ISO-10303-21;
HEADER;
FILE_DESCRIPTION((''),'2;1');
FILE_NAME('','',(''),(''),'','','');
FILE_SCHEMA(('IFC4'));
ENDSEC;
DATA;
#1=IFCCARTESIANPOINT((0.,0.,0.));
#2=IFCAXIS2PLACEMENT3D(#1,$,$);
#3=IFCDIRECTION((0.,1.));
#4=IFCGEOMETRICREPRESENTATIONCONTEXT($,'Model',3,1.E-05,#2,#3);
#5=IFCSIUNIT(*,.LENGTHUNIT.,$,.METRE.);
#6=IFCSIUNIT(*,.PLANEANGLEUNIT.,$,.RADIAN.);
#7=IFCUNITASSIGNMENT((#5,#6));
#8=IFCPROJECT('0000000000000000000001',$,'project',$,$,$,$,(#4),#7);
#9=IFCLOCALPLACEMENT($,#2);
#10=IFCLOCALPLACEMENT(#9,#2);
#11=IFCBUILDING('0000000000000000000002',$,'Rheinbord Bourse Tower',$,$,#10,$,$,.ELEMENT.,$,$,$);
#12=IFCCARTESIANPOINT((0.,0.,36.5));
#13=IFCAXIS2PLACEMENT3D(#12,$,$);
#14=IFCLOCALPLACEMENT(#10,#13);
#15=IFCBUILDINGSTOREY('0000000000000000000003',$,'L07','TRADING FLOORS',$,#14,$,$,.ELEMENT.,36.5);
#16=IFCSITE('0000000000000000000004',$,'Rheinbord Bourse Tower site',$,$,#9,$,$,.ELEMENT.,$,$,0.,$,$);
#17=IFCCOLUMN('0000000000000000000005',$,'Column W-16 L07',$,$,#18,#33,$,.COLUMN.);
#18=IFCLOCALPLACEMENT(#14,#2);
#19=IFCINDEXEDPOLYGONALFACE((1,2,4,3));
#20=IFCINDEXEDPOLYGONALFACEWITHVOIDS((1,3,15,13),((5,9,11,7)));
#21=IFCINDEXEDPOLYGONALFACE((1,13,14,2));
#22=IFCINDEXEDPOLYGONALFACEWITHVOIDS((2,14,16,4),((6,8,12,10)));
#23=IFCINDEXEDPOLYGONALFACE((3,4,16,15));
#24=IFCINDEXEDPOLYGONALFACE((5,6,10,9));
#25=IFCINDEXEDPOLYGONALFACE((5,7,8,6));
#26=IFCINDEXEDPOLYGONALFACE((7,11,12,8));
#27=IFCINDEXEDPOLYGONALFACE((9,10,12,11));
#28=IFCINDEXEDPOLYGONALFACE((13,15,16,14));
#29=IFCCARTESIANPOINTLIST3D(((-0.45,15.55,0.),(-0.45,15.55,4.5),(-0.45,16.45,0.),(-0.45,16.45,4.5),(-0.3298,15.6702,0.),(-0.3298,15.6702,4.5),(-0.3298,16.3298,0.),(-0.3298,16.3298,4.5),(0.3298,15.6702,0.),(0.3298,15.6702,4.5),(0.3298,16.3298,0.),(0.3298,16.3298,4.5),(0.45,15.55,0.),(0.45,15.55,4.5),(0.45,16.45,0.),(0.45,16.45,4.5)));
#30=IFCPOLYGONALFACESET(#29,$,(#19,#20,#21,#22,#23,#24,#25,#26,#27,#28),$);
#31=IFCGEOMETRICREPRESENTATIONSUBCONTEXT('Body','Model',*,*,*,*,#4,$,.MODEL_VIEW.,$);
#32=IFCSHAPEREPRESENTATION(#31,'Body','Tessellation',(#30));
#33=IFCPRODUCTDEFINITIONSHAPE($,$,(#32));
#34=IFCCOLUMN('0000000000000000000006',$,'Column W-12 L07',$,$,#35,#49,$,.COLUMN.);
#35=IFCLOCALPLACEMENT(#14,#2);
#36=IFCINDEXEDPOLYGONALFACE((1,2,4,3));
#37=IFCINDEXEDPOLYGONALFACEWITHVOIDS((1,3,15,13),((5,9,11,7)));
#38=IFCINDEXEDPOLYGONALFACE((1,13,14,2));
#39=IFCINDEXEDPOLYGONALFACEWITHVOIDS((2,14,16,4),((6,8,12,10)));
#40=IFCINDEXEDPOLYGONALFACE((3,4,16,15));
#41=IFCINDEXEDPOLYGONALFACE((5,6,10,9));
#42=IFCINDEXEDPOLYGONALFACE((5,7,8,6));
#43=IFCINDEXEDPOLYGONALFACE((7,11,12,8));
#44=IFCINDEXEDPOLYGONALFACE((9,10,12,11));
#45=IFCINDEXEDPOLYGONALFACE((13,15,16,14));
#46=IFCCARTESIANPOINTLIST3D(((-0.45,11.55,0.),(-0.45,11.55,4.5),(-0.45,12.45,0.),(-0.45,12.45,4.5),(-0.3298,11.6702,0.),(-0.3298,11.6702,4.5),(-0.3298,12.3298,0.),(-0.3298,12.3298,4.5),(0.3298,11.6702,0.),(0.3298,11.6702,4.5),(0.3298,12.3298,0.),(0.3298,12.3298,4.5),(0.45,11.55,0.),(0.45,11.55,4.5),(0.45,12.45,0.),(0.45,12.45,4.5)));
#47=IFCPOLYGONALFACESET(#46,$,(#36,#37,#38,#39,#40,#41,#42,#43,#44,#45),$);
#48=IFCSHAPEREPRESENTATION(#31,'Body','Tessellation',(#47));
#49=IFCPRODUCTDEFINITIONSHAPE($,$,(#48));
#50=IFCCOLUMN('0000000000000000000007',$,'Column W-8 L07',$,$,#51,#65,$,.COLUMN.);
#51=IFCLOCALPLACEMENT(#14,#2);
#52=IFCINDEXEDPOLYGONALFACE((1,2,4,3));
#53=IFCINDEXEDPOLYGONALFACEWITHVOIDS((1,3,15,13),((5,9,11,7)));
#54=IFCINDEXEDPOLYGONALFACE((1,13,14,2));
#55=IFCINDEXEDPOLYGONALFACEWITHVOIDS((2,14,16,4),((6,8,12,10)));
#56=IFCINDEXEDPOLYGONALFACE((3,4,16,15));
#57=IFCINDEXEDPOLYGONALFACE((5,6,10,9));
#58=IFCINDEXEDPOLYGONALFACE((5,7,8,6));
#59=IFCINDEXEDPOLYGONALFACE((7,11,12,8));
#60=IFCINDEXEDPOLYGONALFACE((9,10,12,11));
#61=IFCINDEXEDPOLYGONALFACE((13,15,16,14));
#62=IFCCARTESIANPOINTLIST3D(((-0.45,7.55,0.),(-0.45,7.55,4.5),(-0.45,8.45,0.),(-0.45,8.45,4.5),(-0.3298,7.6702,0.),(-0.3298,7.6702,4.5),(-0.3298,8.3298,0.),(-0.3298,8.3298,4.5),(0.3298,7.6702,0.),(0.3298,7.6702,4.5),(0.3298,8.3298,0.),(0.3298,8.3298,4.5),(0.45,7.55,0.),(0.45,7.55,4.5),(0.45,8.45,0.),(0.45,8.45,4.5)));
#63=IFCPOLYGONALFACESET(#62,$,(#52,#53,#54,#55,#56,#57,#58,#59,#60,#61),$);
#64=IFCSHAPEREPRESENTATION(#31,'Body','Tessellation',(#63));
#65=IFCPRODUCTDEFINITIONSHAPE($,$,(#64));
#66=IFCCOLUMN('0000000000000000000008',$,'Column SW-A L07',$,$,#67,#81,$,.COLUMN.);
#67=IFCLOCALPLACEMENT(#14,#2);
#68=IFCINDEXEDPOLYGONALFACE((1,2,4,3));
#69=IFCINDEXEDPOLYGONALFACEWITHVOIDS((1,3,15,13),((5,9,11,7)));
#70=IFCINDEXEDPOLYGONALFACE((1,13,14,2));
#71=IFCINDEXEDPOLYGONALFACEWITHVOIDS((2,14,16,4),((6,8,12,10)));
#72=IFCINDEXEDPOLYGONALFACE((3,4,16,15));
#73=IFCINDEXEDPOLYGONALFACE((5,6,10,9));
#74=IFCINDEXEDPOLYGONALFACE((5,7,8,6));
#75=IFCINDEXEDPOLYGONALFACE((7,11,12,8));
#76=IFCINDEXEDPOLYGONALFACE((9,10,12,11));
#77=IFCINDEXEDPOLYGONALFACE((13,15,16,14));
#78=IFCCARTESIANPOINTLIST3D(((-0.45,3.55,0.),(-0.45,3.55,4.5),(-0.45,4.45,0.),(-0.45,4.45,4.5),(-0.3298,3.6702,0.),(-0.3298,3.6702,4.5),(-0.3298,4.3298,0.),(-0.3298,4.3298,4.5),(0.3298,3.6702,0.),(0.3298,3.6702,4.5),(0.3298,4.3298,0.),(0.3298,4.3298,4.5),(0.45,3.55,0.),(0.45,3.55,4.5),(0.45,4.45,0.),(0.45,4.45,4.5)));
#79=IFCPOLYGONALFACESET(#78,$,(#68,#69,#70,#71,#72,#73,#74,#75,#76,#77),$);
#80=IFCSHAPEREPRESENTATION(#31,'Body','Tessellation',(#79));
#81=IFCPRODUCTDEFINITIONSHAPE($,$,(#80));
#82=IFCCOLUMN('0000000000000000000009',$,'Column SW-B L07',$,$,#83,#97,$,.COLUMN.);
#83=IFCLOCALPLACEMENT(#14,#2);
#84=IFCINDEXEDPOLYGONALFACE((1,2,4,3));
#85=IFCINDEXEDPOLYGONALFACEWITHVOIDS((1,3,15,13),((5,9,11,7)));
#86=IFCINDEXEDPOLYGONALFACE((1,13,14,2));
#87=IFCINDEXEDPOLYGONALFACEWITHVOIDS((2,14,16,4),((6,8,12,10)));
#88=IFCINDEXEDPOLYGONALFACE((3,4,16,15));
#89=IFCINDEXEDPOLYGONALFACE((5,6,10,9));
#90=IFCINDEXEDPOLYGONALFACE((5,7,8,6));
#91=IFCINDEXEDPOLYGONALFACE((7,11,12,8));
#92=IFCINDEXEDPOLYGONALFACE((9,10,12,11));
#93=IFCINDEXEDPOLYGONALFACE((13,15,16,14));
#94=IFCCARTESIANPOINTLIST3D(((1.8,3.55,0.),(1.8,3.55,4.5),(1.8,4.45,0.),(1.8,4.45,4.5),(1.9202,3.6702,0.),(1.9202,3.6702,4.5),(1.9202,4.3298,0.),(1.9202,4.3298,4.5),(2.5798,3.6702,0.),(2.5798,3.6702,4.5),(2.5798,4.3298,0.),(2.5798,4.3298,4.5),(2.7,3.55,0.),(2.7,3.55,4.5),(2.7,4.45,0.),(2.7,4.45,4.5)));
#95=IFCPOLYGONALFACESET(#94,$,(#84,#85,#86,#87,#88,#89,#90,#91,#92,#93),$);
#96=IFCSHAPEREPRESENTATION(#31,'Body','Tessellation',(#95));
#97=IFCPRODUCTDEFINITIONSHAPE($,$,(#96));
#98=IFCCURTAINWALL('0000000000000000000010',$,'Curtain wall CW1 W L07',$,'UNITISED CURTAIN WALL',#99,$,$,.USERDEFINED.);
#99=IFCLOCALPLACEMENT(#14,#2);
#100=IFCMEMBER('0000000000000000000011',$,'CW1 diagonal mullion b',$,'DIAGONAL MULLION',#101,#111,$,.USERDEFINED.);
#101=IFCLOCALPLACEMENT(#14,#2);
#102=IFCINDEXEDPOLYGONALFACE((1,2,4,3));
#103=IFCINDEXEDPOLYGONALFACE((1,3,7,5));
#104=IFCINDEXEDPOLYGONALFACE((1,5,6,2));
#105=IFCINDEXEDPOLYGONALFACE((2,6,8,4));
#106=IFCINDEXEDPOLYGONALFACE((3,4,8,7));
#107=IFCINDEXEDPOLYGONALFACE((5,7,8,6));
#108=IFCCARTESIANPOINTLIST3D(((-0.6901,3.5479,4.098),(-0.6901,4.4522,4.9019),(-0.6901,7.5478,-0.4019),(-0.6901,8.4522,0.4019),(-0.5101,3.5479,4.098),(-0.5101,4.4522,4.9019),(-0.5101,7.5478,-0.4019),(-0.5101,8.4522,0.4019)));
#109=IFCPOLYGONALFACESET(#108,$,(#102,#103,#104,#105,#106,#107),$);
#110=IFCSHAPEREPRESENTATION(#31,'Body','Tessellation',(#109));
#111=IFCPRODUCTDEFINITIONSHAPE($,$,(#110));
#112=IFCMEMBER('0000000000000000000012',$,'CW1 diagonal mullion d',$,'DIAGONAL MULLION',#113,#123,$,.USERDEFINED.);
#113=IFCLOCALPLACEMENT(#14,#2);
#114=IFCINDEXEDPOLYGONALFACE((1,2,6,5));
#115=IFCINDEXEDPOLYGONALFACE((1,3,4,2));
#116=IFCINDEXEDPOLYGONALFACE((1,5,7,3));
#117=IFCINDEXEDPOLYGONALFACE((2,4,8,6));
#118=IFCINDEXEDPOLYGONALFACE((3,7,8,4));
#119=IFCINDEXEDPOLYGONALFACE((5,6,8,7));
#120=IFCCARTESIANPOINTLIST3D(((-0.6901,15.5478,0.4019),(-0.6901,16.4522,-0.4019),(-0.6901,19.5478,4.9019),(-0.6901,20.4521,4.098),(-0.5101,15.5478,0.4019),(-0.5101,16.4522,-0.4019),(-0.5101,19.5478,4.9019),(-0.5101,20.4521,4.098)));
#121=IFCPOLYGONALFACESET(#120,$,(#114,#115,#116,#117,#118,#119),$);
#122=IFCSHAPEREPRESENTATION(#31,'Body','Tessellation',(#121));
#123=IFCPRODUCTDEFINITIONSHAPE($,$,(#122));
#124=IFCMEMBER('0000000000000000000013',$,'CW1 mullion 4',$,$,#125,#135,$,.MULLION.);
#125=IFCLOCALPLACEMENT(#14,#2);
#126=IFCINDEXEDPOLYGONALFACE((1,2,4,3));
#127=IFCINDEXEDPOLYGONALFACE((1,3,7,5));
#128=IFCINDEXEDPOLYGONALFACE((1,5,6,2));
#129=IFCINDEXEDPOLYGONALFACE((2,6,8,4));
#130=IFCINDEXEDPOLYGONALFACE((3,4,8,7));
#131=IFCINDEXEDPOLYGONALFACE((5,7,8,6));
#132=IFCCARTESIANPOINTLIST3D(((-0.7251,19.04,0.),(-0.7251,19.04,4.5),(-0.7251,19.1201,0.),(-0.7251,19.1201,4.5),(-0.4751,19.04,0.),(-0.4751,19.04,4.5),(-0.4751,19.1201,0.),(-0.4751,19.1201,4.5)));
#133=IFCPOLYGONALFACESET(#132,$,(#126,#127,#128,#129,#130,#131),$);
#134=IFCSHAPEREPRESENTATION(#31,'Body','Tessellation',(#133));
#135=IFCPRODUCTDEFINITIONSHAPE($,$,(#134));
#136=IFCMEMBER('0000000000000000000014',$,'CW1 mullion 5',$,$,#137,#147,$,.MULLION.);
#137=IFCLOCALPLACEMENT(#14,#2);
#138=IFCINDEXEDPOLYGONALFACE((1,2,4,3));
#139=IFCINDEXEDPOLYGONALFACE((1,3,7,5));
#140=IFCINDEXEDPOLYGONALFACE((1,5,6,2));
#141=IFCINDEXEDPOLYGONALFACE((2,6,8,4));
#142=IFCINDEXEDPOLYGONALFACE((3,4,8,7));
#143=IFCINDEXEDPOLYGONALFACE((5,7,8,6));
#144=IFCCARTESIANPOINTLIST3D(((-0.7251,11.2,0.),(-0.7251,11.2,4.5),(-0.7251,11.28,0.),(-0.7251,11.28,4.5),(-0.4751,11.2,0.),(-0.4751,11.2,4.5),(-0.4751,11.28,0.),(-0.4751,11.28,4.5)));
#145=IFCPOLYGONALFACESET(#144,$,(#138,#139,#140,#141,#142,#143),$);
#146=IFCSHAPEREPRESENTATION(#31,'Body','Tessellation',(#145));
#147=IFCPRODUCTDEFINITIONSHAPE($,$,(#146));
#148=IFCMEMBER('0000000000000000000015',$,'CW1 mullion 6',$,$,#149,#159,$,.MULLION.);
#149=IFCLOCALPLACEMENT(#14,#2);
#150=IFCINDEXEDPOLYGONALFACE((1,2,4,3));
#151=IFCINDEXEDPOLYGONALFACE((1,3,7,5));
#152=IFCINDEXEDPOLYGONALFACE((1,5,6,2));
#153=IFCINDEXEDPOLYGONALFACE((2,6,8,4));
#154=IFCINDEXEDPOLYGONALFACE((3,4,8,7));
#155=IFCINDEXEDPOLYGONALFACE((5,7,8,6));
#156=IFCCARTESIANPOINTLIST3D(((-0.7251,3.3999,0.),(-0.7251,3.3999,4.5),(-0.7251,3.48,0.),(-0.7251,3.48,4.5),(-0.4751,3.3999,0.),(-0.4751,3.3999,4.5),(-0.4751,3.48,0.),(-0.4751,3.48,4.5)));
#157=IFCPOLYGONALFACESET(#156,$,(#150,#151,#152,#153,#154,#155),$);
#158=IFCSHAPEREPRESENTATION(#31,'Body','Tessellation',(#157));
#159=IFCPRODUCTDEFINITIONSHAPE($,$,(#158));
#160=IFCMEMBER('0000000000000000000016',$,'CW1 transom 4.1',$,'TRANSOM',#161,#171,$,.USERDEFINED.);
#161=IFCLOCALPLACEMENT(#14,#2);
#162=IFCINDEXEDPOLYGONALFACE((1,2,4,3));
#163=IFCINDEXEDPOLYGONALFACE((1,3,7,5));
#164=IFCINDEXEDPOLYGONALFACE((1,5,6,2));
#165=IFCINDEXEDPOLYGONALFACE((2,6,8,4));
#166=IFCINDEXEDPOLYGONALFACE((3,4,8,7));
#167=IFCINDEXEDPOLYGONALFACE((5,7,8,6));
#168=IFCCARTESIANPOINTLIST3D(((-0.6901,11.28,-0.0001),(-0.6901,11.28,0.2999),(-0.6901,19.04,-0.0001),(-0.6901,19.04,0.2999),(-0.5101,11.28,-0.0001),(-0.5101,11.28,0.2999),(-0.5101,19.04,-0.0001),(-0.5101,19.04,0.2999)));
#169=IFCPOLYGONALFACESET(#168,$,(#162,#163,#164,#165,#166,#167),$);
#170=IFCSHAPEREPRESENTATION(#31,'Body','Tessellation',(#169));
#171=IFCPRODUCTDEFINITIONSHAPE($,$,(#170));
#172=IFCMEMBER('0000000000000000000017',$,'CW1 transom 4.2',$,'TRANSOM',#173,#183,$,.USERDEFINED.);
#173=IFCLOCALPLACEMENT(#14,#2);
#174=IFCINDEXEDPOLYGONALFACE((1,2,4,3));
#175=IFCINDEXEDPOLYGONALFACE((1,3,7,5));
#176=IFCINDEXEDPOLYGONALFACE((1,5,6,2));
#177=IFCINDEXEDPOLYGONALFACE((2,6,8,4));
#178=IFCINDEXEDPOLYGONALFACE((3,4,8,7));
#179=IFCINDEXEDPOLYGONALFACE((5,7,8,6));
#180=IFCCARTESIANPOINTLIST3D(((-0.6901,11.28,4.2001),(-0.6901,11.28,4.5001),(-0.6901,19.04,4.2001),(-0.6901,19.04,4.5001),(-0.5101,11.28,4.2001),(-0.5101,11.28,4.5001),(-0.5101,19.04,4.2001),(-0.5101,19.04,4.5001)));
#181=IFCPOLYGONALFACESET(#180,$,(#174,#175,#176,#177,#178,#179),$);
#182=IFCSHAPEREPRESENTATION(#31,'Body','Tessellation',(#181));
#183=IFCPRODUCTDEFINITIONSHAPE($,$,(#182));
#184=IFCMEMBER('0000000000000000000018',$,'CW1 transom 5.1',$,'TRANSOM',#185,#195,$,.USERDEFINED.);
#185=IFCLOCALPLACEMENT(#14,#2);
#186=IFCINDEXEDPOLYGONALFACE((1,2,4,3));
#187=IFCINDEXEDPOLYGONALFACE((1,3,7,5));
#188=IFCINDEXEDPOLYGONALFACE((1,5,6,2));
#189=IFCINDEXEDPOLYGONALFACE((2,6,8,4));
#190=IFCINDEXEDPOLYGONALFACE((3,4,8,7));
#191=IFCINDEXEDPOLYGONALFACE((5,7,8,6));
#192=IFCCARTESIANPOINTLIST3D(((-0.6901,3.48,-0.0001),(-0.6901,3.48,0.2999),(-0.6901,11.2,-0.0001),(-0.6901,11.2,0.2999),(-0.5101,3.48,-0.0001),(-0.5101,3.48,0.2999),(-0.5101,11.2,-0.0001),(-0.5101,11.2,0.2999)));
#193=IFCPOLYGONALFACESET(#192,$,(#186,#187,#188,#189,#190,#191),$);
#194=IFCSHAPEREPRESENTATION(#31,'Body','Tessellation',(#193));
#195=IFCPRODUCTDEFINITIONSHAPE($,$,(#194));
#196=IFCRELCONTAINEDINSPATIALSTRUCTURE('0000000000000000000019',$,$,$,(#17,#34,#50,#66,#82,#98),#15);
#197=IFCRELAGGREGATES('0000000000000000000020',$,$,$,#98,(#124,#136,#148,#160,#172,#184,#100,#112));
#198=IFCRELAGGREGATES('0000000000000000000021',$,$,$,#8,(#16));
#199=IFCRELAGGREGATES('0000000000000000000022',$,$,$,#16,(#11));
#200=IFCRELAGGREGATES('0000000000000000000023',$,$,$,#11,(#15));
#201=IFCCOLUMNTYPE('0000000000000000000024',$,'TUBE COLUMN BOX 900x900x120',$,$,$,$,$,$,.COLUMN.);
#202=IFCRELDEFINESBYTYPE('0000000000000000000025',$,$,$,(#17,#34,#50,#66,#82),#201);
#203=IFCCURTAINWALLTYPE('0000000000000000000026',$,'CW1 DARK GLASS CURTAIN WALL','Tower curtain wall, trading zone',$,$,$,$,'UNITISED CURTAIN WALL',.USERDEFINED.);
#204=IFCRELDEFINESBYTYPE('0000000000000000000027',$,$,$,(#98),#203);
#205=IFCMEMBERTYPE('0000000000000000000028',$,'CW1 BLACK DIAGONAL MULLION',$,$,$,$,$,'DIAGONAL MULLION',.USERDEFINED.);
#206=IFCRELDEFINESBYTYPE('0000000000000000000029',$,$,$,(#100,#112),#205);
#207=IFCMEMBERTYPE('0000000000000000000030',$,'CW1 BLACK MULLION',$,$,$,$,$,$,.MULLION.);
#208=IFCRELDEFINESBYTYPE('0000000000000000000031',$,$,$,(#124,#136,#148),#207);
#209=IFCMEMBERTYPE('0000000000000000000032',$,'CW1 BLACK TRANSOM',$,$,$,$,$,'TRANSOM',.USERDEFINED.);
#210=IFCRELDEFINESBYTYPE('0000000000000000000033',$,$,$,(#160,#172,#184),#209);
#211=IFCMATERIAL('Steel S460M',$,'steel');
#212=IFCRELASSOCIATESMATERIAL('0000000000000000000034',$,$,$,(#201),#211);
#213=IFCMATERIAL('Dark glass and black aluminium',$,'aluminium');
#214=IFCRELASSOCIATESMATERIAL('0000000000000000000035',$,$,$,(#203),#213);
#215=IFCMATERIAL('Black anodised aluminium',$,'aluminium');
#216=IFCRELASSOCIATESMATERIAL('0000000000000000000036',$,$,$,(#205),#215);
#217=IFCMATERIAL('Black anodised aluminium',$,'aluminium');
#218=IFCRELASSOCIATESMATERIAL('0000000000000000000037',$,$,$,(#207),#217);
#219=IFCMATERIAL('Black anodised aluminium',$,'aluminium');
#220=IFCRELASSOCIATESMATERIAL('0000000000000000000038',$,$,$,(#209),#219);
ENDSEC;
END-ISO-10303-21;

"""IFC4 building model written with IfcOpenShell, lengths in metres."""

from ifc_helpers import new_model, si_unit, direction, frame, origin, origin_2d, place, context, subcontext, project, spatial, rectangle, hollow_rectangle, extrude, material, material_profile, profile_set, type_object, element, aggregate, save


model = new_model("IFC4")

# Units and contexts
model_context = context("Model", 3, precision=1e-05, world=origin(), true_north=direction((0.0, 1.0)))
body_context = subcontext(model_context, "Body", "Model", "MODEL_VIEW")
ifc_project = project(units=[si_unit("LENGTHUNIT", "METRE"), si_unit("PLANEANGLEUNIT", "RADIAN")], contexts=[model_context])

# Site, building, storey
site_placement = place(None, origin())
site = spatial("IfcSite", under=ifc_project, at=site_placement, Name="Rheinbord Bourse Tower site", CompositionType="ELEMENT", RefElevation=0.0)
building_placement = place(site_placement, origin())
building = spatial("IfcBuilding", under=site, at=building_placement, Name="Rheinbord Bourse Tower", CompositionType="ELEMENT")
storey_placement = place(building_placement, frame((0.0, 0.0, 36.5)))
storey = spatial("IfcBuildingStorey", under=building, at=storey_placement, Name="L07", Description="TRADING FLOORS", CompositionType="ELEMENT", Elevation=36.5)

# Columns
ifc_material_1 = material(Name="Steel S460M", Category="steel")
ifc_material_profile_1 = material_profile(ifc_material_1, hollow_rectangle(XDim=0.8999, YDim=0.8999, WallThickness=0.1201, at=origin_2d()), Name="BOX 900x900x120")
ifc_profile_set_1 = profile_set([ifc_material_profile_1], Name="Steel S460M")
column_type = type_object("IfcColumnType", Name="TUBE COLUMN BOX 900x900x120", PredefinedType="COLUMN", material=ifc_profile_set_1)
for number, where, z_axis, x_axis, name in (
    (1, (0.0, 16.0, 0.0), (0.0, 0.0, 1.0), (1.0, 0.0, 0.0), "Column W-16 L07"),
    (2, (0.0, 12.0, 0.0), (0.0, 0.0, 1.0), (1.0, 0.0, 0.0), "Column W-12 L07"),
    (3, (0.0, 8.0, 0.0), (0.0, 0.0, 1.0), (1.0, 0.0, 0.0), "Column W-8 L07"),
    (4, (0.0, 4.0, 0.0), (0.0, 0.0, 1.0), (1.0, 0.0, 0.0), "Column SW-A L07"),
    (5, (2.25, 4.0, 0.0), (0.0, 0.0, 1.0), (1.0, 0.0, 0.0), "Column SW-B L07"),
):
    element("IfcColumn", number, at=place(storey_placement, frame(where, z_axis=z_axis, x_axis=x_axis)), inside=storey, type_object=column_type, Name=name, PredefinedType="COLUMN", context=body_context, shape_type="SweptSolid", body=[
        extrude(hollow_rectangle(XDim=0.8999, YDim=0.8999, WallThickness=0.1201, at=origin_2d()), origin(), (0.0, 0.0, 1.0), 4.5),
    ])

# Curtain wall, members
ifc_material_2 = material(Name="Dark glass and black aluminium", Category="aluminium")
curtain_wall_type = type_object("IfcCurtainWallType", Name="CW1 DARK GLASS CURTAIN WALL", Description="Tower curtain wall, trading zone", ElementType="UNITISED CURTAIN WALL", PredefinedType="USERDEFINED", material=ifc_material_2)
curtain_wall_placement = place(storey_placement, origin())
curtain_wall = element("IfcCurtainWall", 6, at=curtain_wall_placement, inside=storey, type_object=curtain_wall_type, Name="Curtain wall CW1 W L07", ObjectType="UNITISED CURTAIN WALL", PredefinedType="USERDEFINED")
ifc_material_3 = material(Name="Black anodised aluminium", Category="aluminium")
ifc_material_profile_2 = material_profile(ifc_material_3, rectangle(XDim=0.1799, YDim=1.21, at=origin_2d()), Name="CW1 DIAGONAL MULLION 1210x180")
ifc_profile_set_2 = profile_set([ifc_material_profile_2], Name="Black anodised aluminium")
member_type_1 = type_object("IfcMemberType", Name="CW1 BLACK DIAGONAL MULLION", ElementType="DIAGONAL MULLION", PredefinedType="USERDEFINED", material=ifc_profile_set_2)
member_1_placement = place(storey_placement, frame((-0.6001, 8.0, 0.0), z_axis=(0.0, -0.664364, 0.747409), x_axis=(1.0, 0.0, 0.0)))
member_1 = element("IfcMember", 7, at=member_1_placement, type_object=member_type_1, Name="CW1 diagonal mullion b", ObjectType="DIAGONAL MULLION", PredefinedType="USERDEFINED", context=body_context, shape_type="SweptSolid", body=[
    extrude(rectangle(XDim=0.1799, YDim=1.21, at=origin_2d()), origin(), (0.0, 0.0, 1.0), 6.0208),
])
member_2_placement = place(storey_placement, frame((-0.6001, 16.0, 0.0), z_axis=(0.0, 0.664364, 0.747409), x_axis=(-1.0, 0.0, 0.0)))
member_2 = element("IfcMember", 8, at=member_2_placement, type_object=member_type_1, Name="CW1 diagonal mullion d", ObjectType="DIAGONAL MULLION", PredefinedType="USERDEFINED", context=body_context, shape_type="SweptSolid", body=[
    extrude(rectangle(XDim=0.1799, YDim=1.21, at=origin_2d()), origin(), (0.0, 0.0, 1.0), 6.0208),
])
ifc_material_4 = material(Name="Black anodised aluminium", Category="aluminium")
ifc_material_profile_3 = material_profile(ifc_material_4, rectangle(XDim=0.25, YDim=0.0801, at=origin_2d()), Name="CW1 MULLION 80x250")
ifc_profile_set_3 = profile_set([ifc_material_profile_3], Name="Black anodised aluminium")
member_type_2 = type_object("IfcMemberType", Name="CW1 BLACK MULLION", PredefinedType="MULLION", material=ifc_profile_set_3)
member_3_placement = place(storey_placement, frame((-0.6001, 19.0801, 0.0), z_axis=(0.0, 0.0, 1.0), x_axis=(1.0, 0.0, 0.0)))
member_3 = element("IfcMember", 9, at=member_3_placement, type_object=member_type_2, Name="CW1 mullion 4", PredefinedType="MULLION", context=body_context, shape_type="SweptSolid", body=[
    extrude(rectangle(XDim=0.25, YDim=0.0801, at=origin_2d()), origin(), (0.0, 0.0, 1.0), 4.5),
])
member_4_placement = place(storey_placement, frame((-0.6001, 11.24, 0.0), z_axis=(0.0, 0.0, 1.0), x_axis=(1.0, 0.0, 0.0)))
member_4 = element("IfcMember", 10, at=member_4_placement, type_object=member_type_2, Name="CW1 mullion 5", PredefinedType="MULLION", context=body_context, shape_type="SweptSolid", body=[
    extrude(rectangle(XDim=0.25, YDim=0.0801, at=origin_2d()), origin(), (0.0, 0.0, 1.0), 4.5),
])
member_5_placement = place(storey_placement, frame((-0.6001, 3.4399, 0.0), z_axis=(0.0, 0.0, 1.0), x_axis=(1.0, 0.0, 0.0)))
member_5 = element("IfcMember", 11, at=member_5_placement, type_object=member_type_2, Name="CW1 mullion 6", PredefinedType="MULLION", context=body_context, shape_type="SweptSolid", body=[
    extrude(rectangle(XDim=0.25, YDim=0.0801, at=origin_2d()), origin(), (0.0, 0.0, 1.0), 4.5),
])
ifc_material_5 = material(Name="Black anodised aluminium", Category="aluminium")
ifc_material_profile_4 = material_profile(ifc_material_5, rectangle(XDim=0.1799, YDim=0.3, at=origin_2d()), Name="CW1 TRANSOM 300x180")
ifc_profile_set_4 = profile_set([ifc_material_profile_4], Name="Black anodised aluminium")
member_type_3 = type_object("IfcMemberType", Name="CW1 BLACK TRANSOM", ElementType="TRANSOM", PredefinedType="USERDEFINED", material=ifc_profile_set_4)
member_6_placement = place(storey_placement, frame((-0.6001, 19.04, 0.1499), z_axis=(0.0, -1.0, 0.0), x_axis=(1.0, 0.0, 0.0)))
member_6 = element("IfcMember", 12, at=member_6_placement, type_object=member_type_3, Name="CW1 transom 4.1", ObjectType="TRANSOM", PredefinedType="USERDEFINED", context=body_context, shape_type="SweptSolid", body=[
    extrude(rectangle(XDim=0.1799, YDim=0.3, at=origin_2d()), origin(), (0.0, 0.0, 1.0), 7.76),
])
member_7_placement = place(storey_placement, frame((-0.6001, 19.04, 4.3501), z_axis=(0.0, -1.0, 0.0), x_axis=(1.0, 0.0, 0.0)))
member_7 = element("IfcMember", 13, at=member_7_placement, type_object=member_type_3, Name="CW1 transom 4.2", ObjectType="TRANSOM", PredefinedType="USERDEFINED", context=body_context, shape_type="SweptSolid", body=[
    extrude(rectangle(XDim=0.1799, YDim=0.3, at=origin_2d()), origin(), (0.0, 0.0, 1.0), 7.76),
])
member_8_placement = place(storey_placement, frame((-0.6001, 11.2, 0.1499), z_axis=(0.0, -1.0, 0.0), x_axis=(1.0, 0.0, 0.0)))
member_8 = element("IfcMember", 14, at=member_8_placement, type_object=member_type_3, Name="CW1 transom 5.1", ObjectType="TRANSOM", PredefinedType="USERDEFINED", context=body_context, shape_type="SweptSolid", body=[
    extrude(rectangle(XDim=0.1799, YDim=0.3, at=origin_2d()), origin(), (0.0, 0.0, 1.0), 7.72),
])

aggregate(curtain_wall, [member_3, member_4, member_5, member_6, member_7, member_8, member_1, member_2])

save(model, "model.ifc")
